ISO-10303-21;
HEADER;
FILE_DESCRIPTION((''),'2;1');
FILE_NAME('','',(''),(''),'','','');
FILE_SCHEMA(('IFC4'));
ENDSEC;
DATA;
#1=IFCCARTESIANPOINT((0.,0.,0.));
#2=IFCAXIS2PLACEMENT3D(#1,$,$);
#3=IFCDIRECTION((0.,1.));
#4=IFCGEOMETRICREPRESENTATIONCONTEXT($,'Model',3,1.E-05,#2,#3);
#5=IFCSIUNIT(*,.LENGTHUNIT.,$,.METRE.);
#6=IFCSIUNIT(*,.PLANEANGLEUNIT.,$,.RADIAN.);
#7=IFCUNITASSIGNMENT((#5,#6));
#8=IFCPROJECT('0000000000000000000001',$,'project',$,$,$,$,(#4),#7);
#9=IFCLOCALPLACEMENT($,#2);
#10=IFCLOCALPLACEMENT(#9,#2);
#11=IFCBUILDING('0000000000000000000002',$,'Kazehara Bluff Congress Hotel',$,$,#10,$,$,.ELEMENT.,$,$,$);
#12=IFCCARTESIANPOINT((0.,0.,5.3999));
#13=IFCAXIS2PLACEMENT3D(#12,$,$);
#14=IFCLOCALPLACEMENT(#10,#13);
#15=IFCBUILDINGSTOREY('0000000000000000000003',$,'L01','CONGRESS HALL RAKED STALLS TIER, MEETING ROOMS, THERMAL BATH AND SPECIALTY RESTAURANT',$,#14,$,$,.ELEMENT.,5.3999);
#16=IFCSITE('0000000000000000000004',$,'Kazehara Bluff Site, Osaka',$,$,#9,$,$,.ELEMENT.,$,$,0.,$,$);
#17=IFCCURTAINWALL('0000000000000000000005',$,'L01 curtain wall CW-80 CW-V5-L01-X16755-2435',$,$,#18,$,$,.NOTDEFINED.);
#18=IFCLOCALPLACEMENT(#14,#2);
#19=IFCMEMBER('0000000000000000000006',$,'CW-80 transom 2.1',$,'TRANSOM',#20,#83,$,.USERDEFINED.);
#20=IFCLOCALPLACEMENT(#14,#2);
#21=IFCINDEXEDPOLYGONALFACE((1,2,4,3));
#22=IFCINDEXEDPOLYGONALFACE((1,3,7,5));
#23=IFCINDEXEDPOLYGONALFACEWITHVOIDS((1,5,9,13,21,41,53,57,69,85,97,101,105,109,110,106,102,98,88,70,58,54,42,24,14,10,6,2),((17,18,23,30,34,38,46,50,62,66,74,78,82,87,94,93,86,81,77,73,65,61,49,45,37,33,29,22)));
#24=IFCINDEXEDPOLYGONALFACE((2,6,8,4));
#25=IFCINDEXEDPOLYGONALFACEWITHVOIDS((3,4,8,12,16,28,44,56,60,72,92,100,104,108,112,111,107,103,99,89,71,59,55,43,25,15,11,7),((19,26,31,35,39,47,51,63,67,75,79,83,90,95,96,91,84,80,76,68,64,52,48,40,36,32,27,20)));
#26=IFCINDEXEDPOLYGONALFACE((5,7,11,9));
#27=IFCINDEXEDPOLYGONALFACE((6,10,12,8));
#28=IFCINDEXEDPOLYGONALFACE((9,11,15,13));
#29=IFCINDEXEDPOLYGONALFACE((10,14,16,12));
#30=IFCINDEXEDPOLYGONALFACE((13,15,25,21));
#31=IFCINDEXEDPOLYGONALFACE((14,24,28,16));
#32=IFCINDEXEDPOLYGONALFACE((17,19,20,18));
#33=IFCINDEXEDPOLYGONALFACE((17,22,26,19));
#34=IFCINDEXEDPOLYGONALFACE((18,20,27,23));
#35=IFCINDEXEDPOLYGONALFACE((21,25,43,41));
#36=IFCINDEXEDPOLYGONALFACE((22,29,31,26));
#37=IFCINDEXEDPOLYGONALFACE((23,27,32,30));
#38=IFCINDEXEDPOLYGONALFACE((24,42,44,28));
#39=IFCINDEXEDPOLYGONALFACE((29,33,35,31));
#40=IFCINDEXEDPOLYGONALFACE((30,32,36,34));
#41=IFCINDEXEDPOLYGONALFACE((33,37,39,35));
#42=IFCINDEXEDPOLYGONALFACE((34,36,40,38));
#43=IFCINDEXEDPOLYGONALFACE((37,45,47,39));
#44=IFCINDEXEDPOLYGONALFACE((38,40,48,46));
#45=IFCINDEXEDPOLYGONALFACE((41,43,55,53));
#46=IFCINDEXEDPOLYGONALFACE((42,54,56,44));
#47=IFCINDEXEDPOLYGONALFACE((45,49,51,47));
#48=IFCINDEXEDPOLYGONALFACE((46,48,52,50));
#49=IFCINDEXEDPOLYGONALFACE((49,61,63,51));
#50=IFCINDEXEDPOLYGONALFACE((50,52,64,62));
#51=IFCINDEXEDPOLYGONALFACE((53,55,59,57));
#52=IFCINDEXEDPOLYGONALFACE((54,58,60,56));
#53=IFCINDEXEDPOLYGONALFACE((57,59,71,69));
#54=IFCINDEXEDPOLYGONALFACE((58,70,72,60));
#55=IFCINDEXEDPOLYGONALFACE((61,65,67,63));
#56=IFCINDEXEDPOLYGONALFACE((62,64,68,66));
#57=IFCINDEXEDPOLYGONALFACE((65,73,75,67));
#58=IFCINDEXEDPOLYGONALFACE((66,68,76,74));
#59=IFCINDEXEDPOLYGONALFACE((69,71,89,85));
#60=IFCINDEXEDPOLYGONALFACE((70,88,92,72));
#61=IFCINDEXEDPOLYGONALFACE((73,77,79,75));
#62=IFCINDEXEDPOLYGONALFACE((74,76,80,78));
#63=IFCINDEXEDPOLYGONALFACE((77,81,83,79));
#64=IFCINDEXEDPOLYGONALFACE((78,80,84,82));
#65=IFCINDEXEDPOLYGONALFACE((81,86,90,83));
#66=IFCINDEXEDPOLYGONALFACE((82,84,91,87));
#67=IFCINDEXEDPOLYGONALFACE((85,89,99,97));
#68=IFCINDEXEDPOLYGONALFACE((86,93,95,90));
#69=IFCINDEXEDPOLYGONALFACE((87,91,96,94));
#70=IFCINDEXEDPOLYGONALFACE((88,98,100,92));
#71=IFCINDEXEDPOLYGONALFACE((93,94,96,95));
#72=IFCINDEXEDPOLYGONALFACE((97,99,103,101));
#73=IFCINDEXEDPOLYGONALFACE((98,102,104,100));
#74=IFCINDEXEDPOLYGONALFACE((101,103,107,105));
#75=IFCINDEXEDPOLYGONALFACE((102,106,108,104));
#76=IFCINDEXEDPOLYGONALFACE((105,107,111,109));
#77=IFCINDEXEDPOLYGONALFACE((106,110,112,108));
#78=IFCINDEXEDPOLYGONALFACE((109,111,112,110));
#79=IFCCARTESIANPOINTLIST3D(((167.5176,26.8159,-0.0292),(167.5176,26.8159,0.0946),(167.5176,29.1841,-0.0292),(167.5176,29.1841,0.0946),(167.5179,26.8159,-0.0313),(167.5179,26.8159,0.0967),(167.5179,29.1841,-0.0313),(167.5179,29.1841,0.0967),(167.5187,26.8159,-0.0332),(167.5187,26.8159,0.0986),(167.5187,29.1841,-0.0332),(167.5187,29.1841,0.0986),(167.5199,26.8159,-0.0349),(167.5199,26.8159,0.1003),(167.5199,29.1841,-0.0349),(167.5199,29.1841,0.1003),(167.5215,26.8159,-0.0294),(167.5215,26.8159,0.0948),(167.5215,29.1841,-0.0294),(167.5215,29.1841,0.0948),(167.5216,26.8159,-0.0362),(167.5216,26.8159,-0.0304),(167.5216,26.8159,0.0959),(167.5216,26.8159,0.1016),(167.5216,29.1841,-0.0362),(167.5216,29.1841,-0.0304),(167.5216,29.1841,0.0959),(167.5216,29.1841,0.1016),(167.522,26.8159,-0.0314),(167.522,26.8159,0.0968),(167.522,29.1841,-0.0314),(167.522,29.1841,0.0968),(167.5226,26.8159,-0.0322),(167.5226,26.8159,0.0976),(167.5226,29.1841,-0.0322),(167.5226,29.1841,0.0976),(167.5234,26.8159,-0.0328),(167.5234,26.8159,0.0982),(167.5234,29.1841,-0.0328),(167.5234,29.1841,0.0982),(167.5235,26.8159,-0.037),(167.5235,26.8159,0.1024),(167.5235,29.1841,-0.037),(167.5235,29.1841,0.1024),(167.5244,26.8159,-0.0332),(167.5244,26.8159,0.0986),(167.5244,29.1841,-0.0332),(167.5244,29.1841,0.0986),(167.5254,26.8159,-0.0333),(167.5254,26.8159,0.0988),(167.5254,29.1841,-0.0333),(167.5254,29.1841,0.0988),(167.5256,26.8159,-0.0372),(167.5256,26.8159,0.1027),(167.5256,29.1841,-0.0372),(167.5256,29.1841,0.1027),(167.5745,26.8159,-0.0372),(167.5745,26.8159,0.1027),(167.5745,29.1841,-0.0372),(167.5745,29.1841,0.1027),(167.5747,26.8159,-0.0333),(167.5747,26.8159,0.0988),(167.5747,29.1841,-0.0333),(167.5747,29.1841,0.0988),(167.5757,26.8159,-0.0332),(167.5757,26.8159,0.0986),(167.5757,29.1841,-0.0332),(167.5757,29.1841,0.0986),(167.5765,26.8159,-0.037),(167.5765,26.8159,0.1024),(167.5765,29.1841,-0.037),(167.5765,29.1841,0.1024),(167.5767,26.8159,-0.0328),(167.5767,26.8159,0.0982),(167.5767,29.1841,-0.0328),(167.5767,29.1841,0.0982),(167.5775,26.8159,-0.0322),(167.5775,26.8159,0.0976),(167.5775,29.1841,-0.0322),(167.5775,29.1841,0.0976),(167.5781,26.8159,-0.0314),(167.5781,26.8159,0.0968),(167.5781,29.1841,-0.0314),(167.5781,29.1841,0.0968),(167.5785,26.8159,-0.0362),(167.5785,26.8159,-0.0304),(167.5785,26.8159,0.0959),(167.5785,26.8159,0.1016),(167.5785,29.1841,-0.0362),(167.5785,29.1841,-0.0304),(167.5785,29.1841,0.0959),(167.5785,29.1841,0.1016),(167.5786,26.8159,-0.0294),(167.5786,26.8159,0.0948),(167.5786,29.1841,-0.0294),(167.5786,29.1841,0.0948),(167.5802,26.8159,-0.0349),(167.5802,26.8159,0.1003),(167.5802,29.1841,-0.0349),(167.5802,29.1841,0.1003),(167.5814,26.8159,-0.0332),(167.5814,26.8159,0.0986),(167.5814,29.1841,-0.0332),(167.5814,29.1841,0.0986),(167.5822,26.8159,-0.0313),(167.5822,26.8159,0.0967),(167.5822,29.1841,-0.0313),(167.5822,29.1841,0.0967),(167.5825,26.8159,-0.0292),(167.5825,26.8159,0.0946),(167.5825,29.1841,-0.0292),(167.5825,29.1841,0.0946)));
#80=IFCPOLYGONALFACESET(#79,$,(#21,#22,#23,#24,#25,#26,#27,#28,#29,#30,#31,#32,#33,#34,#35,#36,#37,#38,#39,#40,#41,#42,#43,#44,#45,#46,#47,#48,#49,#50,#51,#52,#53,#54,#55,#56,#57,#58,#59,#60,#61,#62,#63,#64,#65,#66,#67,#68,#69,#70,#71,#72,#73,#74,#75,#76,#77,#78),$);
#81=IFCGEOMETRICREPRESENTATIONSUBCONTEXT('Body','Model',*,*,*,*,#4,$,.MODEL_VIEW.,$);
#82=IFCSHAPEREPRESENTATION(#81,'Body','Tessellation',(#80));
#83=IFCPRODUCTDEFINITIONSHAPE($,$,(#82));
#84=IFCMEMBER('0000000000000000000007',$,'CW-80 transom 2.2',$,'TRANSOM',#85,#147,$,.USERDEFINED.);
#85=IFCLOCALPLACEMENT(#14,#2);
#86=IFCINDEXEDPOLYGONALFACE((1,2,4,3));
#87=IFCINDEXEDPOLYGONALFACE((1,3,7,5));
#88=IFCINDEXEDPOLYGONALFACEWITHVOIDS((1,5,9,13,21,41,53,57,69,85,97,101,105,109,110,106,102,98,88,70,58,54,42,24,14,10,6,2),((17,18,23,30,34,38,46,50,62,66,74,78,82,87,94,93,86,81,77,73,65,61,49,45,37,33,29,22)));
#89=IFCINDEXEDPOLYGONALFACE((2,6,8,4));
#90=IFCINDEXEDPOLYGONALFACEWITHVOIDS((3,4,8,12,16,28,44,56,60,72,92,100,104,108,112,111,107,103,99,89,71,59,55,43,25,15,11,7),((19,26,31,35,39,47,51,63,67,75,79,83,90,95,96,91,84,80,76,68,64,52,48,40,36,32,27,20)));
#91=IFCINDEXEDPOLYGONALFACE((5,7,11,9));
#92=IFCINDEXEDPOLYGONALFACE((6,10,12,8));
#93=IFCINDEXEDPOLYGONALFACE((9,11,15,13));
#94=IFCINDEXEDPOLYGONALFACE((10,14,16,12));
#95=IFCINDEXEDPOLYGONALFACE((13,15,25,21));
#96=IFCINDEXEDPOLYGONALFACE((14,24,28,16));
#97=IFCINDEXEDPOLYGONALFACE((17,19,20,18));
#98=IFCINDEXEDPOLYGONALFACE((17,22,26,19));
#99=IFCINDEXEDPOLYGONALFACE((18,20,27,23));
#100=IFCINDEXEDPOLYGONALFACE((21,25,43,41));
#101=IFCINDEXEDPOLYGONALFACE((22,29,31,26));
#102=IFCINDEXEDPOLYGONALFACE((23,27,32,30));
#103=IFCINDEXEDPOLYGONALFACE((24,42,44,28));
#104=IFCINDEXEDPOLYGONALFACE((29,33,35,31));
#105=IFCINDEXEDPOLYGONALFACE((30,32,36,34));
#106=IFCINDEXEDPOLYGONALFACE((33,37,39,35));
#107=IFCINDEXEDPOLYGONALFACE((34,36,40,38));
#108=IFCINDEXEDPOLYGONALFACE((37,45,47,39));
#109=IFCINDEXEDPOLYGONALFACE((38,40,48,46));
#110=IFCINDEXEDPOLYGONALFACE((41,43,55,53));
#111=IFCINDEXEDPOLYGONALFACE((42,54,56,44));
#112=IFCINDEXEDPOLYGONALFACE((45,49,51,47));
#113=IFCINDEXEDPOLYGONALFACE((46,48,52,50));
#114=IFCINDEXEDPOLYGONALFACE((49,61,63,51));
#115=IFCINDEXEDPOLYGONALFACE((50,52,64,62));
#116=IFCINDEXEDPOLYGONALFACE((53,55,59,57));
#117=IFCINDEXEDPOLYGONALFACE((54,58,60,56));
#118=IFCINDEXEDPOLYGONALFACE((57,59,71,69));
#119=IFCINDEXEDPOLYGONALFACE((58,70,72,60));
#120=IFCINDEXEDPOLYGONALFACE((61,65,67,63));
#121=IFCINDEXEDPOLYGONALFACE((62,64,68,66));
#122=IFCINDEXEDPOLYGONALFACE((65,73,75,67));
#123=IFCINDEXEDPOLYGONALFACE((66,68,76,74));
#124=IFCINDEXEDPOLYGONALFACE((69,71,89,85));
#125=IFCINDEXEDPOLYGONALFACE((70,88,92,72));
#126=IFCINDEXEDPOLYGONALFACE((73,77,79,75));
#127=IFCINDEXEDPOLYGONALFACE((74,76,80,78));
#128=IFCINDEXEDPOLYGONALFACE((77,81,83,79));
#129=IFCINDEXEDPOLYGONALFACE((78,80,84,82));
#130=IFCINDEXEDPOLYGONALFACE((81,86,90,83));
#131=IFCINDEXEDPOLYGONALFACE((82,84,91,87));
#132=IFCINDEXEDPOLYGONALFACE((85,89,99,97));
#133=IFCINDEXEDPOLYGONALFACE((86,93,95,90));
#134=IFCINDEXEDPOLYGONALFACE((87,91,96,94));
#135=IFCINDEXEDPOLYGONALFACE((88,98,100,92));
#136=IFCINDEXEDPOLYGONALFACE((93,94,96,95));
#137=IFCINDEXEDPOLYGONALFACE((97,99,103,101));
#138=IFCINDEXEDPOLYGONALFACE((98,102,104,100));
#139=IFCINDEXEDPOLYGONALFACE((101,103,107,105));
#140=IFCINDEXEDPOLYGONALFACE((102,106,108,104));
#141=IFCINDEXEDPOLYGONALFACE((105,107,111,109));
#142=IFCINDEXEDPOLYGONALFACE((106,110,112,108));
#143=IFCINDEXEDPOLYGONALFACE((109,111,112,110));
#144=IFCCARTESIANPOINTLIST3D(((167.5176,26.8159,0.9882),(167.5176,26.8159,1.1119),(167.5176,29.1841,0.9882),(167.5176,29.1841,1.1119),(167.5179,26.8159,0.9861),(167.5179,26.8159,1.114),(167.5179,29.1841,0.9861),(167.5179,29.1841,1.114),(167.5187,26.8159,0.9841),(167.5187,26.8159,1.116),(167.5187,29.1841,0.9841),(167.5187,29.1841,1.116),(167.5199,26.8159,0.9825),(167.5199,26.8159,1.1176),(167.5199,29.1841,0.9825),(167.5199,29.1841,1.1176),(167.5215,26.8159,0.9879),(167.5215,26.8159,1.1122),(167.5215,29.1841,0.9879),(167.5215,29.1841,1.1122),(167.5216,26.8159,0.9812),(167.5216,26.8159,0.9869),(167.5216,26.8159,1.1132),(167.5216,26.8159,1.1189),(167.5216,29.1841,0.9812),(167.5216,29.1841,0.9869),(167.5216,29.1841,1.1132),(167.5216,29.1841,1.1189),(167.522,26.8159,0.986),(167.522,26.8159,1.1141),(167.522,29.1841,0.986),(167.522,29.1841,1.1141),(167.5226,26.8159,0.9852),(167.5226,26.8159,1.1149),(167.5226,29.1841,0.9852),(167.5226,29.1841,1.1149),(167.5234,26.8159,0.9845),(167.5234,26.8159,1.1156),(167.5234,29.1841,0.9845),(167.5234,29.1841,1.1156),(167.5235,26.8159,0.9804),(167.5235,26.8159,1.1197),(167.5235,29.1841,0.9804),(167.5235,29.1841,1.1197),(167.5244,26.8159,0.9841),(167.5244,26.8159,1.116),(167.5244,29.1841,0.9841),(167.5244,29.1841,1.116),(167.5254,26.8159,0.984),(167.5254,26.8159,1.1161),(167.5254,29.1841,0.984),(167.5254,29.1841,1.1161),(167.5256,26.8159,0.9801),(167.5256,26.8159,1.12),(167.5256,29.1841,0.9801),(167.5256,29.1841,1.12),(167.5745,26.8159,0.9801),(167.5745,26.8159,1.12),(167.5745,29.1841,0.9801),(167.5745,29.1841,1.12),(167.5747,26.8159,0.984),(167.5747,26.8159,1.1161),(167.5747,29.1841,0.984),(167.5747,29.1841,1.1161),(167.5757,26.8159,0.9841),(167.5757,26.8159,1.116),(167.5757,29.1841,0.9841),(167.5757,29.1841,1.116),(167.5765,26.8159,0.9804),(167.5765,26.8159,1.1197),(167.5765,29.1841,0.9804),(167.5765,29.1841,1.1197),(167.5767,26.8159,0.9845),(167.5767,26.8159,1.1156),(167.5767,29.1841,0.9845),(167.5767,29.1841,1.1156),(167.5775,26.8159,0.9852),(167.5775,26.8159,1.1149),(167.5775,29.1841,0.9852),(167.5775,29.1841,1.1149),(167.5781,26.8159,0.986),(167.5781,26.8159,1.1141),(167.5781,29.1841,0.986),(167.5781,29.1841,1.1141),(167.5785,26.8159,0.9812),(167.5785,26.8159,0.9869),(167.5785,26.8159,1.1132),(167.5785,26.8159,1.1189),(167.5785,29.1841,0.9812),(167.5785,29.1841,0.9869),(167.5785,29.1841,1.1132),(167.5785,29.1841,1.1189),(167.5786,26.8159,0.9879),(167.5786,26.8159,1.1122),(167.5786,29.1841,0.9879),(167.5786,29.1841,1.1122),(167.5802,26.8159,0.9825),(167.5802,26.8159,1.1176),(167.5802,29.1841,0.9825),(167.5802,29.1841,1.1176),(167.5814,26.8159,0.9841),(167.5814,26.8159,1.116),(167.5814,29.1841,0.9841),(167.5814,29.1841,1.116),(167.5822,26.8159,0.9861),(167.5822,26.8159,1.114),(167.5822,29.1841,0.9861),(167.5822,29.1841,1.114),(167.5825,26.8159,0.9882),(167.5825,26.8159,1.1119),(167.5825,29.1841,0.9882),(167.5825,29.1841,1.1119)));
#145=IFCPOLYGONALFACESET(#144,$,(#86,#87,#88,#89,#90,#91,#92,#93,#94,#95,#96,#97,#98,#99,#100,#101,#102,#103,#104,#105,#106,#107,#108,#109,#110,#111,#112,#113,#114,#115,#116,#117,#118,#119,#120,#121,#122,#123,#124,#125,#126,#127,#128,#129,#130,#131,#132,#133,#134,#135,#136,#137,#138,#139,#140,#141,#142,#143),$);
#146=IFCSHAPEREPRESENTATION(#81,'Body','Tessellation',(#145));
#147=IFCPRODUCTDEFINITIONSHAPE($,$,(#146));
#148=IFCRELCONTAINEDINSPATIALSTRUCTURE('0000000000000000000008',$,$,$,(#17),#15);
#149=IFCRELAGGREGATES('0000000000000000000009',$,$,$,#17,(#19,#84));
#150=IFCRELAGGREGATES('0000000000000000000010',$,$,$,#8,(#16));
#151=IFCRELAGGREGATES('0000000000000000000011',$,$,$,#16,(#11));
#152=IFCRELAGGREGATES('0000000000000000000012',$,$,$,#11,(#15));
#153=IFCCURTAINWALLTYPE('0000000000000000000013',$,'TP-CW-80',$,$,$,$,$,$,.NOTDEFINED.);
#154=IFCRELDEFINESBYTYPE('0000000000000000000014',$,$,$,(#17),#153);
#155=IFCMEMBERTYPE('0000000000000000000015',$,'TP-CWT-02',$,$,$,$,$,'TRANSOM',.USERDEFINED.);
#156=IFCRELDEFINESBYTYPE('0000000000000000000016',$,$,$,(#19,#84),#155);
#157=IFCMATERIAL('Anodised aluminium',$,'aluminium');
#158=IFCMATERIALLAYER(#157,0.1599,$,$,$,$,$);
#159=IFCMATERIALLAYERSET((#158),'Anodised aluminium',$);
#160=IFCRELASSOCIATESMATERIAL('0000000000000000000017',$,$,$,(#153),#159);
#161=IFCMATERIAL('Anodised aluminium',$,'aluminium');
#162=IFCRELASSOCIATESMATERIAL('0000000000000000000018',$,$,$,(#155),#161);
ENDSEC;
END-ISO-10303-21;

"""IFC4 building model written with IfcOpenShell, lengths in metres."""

from ifc_helpers import new_model, si_unit, direction, frame, origin, origin_2d, place, context, subcontext, project, spatial, hollow_rectangle, extrude, material, layer, layer_set, material_profile, profile_set, type_object, element, aggregate, save


model = new_model("IFC4")

# Units and contexts
model_context = context("Model", 3, precision=1e-05, world=origin(), true_north=direction((0.0, 1.0)))
body_context = subcontext(model_context, "Body", "Model", "MODEL_VIEW")
ifc_project = project(units=[si_unit("LENGTHUNIT", "METRE"), si_unit("PLANEANGLEUNIT", "RADIAN")], contexts=[model_context])

# Site, building, storey
site_placement = place(None, origin())
site = spatial("IfcSite", under=ifc_project, at=site_placement, Name="Kazehara Bluff Site, Osaka", CompositionType="ELEMENT", RefElevation=0.0)
building_placement = place(site_placement, origin())
building = spatial("IfcBuilding", under=site, at=building_placement, Name="Kazehara Bluff Congress Hotel", CompositionType="ELEMENT")
storey_placement = place(building_placement, frame((0.0, 0.0, 5.3999)))
storey = spatial("IfcBuildingStorey", under=building, at=storey_placement, Name="L01", Description="CONGRESS HALL RAKED STALLS TIER, MEETING ROOMS, THERMAL BATH AND SPECIALTY RESTAURANT", CompositionType="ELEMENT", Elevation=5.3999)

# Curtain wall
ifc_material_1 = material(Name="Anodised aluminium", Category="aluminium")
ifc_layer_1 = layer(ifc_material_1, 0.1599)
ifc_layer_set_1 = layer_set([ifc_layer_1], Name="Anodised aluminium")
curtain_wall_type_1 = type_object("IfcCurtainWallType", Name="TP-CW-80", PredefinedType="NOTDEFINED", material=ifc_layer_set_1)
curtain_wall_1_placement = place(storey_placement, origin())
curtain_wall_1 = element("IfcCurtainWall", 1, at=curtain_wall_1_placement, inside=storey, type_object=curtain_wall_type_1, Name="L01 curtain wall CW-80 CW-V5-L01-X16755-2435", PredefinedType="NOTDEFINED")

# Members
ifc_material_2 = material(Name="Anodised aluminium", Category="aluminium")
ifc_material_profile_1 = material_profile(ifc_material_2, hollow_rectangle(XDim=0.0649, YDim=0.1399, WallThickness=0.0039, InnerFilletRadius=0.0039, OuterFilletRadius=0.0081, at=origin_2d()))
ifc_profile_set_1 = profile_set([ifc_material_profile_1], Name="Anodised aluminium")
member_type_1 = type_object("IfcMemberType", Name="TP-CWT-02", ElementType="TRANSOM", PredefinedType="USERDEFINED", material=ifc_profile_set_1)
member_1_placement = place(storey_placement, frame((167.55, 26.8159, 0.0327), z_axis=(0.0, 1.0, 0.0), x_axis=(-1.0, 0.0, 0.0)))
member_1 = element("IfcMember", 2, at=member_1_placement, type_object=member_type_1, Name="CW-80 transom 2.1", ObjectType="TRANSOM", PredefinedType="USERDEFINED", context=body_context, shape_type="SweptSolid", body=[
    extrude(hollow_rectangle(XDim=0.0649, YDim=0.1399, WallThickness=0.0039, InnerFilletRadius=0.0039, OuterFilletRadius=0.0081, at=origin_2d()), origin(), (0.0, 0.0, 1.0), 2.3682),
])
member_2_placement = place(storey_placement, frame((167.55, 26.8159, 1.05), z_axis=(0.0, 1.0, 0.0), x_axis=(-1.0, 0.0, 0.0)))
member_2 = element("IfcMember", 3, at=member_2_placement, type_object=member_type_1, Name="CW-80 transom 2.2", ObjectType="TRANSOM", PredefinedType="USERDEFINED", context=body_context, shape_type="SweptSolid", body=[
    extrude(hollow_rectangle(XDim=0.0649, YDim=0.1399, WallThickness=0.0039, InnerFilletRadius=0.0039, OuterFilletRadius=0.0081, at=origin_2d()), origin(), (0.0, 0.0, 1.0), 2.3682),
])

aggregate(curtain_wall_1, [member_1, member_2])

save(model, "model.ifc")
